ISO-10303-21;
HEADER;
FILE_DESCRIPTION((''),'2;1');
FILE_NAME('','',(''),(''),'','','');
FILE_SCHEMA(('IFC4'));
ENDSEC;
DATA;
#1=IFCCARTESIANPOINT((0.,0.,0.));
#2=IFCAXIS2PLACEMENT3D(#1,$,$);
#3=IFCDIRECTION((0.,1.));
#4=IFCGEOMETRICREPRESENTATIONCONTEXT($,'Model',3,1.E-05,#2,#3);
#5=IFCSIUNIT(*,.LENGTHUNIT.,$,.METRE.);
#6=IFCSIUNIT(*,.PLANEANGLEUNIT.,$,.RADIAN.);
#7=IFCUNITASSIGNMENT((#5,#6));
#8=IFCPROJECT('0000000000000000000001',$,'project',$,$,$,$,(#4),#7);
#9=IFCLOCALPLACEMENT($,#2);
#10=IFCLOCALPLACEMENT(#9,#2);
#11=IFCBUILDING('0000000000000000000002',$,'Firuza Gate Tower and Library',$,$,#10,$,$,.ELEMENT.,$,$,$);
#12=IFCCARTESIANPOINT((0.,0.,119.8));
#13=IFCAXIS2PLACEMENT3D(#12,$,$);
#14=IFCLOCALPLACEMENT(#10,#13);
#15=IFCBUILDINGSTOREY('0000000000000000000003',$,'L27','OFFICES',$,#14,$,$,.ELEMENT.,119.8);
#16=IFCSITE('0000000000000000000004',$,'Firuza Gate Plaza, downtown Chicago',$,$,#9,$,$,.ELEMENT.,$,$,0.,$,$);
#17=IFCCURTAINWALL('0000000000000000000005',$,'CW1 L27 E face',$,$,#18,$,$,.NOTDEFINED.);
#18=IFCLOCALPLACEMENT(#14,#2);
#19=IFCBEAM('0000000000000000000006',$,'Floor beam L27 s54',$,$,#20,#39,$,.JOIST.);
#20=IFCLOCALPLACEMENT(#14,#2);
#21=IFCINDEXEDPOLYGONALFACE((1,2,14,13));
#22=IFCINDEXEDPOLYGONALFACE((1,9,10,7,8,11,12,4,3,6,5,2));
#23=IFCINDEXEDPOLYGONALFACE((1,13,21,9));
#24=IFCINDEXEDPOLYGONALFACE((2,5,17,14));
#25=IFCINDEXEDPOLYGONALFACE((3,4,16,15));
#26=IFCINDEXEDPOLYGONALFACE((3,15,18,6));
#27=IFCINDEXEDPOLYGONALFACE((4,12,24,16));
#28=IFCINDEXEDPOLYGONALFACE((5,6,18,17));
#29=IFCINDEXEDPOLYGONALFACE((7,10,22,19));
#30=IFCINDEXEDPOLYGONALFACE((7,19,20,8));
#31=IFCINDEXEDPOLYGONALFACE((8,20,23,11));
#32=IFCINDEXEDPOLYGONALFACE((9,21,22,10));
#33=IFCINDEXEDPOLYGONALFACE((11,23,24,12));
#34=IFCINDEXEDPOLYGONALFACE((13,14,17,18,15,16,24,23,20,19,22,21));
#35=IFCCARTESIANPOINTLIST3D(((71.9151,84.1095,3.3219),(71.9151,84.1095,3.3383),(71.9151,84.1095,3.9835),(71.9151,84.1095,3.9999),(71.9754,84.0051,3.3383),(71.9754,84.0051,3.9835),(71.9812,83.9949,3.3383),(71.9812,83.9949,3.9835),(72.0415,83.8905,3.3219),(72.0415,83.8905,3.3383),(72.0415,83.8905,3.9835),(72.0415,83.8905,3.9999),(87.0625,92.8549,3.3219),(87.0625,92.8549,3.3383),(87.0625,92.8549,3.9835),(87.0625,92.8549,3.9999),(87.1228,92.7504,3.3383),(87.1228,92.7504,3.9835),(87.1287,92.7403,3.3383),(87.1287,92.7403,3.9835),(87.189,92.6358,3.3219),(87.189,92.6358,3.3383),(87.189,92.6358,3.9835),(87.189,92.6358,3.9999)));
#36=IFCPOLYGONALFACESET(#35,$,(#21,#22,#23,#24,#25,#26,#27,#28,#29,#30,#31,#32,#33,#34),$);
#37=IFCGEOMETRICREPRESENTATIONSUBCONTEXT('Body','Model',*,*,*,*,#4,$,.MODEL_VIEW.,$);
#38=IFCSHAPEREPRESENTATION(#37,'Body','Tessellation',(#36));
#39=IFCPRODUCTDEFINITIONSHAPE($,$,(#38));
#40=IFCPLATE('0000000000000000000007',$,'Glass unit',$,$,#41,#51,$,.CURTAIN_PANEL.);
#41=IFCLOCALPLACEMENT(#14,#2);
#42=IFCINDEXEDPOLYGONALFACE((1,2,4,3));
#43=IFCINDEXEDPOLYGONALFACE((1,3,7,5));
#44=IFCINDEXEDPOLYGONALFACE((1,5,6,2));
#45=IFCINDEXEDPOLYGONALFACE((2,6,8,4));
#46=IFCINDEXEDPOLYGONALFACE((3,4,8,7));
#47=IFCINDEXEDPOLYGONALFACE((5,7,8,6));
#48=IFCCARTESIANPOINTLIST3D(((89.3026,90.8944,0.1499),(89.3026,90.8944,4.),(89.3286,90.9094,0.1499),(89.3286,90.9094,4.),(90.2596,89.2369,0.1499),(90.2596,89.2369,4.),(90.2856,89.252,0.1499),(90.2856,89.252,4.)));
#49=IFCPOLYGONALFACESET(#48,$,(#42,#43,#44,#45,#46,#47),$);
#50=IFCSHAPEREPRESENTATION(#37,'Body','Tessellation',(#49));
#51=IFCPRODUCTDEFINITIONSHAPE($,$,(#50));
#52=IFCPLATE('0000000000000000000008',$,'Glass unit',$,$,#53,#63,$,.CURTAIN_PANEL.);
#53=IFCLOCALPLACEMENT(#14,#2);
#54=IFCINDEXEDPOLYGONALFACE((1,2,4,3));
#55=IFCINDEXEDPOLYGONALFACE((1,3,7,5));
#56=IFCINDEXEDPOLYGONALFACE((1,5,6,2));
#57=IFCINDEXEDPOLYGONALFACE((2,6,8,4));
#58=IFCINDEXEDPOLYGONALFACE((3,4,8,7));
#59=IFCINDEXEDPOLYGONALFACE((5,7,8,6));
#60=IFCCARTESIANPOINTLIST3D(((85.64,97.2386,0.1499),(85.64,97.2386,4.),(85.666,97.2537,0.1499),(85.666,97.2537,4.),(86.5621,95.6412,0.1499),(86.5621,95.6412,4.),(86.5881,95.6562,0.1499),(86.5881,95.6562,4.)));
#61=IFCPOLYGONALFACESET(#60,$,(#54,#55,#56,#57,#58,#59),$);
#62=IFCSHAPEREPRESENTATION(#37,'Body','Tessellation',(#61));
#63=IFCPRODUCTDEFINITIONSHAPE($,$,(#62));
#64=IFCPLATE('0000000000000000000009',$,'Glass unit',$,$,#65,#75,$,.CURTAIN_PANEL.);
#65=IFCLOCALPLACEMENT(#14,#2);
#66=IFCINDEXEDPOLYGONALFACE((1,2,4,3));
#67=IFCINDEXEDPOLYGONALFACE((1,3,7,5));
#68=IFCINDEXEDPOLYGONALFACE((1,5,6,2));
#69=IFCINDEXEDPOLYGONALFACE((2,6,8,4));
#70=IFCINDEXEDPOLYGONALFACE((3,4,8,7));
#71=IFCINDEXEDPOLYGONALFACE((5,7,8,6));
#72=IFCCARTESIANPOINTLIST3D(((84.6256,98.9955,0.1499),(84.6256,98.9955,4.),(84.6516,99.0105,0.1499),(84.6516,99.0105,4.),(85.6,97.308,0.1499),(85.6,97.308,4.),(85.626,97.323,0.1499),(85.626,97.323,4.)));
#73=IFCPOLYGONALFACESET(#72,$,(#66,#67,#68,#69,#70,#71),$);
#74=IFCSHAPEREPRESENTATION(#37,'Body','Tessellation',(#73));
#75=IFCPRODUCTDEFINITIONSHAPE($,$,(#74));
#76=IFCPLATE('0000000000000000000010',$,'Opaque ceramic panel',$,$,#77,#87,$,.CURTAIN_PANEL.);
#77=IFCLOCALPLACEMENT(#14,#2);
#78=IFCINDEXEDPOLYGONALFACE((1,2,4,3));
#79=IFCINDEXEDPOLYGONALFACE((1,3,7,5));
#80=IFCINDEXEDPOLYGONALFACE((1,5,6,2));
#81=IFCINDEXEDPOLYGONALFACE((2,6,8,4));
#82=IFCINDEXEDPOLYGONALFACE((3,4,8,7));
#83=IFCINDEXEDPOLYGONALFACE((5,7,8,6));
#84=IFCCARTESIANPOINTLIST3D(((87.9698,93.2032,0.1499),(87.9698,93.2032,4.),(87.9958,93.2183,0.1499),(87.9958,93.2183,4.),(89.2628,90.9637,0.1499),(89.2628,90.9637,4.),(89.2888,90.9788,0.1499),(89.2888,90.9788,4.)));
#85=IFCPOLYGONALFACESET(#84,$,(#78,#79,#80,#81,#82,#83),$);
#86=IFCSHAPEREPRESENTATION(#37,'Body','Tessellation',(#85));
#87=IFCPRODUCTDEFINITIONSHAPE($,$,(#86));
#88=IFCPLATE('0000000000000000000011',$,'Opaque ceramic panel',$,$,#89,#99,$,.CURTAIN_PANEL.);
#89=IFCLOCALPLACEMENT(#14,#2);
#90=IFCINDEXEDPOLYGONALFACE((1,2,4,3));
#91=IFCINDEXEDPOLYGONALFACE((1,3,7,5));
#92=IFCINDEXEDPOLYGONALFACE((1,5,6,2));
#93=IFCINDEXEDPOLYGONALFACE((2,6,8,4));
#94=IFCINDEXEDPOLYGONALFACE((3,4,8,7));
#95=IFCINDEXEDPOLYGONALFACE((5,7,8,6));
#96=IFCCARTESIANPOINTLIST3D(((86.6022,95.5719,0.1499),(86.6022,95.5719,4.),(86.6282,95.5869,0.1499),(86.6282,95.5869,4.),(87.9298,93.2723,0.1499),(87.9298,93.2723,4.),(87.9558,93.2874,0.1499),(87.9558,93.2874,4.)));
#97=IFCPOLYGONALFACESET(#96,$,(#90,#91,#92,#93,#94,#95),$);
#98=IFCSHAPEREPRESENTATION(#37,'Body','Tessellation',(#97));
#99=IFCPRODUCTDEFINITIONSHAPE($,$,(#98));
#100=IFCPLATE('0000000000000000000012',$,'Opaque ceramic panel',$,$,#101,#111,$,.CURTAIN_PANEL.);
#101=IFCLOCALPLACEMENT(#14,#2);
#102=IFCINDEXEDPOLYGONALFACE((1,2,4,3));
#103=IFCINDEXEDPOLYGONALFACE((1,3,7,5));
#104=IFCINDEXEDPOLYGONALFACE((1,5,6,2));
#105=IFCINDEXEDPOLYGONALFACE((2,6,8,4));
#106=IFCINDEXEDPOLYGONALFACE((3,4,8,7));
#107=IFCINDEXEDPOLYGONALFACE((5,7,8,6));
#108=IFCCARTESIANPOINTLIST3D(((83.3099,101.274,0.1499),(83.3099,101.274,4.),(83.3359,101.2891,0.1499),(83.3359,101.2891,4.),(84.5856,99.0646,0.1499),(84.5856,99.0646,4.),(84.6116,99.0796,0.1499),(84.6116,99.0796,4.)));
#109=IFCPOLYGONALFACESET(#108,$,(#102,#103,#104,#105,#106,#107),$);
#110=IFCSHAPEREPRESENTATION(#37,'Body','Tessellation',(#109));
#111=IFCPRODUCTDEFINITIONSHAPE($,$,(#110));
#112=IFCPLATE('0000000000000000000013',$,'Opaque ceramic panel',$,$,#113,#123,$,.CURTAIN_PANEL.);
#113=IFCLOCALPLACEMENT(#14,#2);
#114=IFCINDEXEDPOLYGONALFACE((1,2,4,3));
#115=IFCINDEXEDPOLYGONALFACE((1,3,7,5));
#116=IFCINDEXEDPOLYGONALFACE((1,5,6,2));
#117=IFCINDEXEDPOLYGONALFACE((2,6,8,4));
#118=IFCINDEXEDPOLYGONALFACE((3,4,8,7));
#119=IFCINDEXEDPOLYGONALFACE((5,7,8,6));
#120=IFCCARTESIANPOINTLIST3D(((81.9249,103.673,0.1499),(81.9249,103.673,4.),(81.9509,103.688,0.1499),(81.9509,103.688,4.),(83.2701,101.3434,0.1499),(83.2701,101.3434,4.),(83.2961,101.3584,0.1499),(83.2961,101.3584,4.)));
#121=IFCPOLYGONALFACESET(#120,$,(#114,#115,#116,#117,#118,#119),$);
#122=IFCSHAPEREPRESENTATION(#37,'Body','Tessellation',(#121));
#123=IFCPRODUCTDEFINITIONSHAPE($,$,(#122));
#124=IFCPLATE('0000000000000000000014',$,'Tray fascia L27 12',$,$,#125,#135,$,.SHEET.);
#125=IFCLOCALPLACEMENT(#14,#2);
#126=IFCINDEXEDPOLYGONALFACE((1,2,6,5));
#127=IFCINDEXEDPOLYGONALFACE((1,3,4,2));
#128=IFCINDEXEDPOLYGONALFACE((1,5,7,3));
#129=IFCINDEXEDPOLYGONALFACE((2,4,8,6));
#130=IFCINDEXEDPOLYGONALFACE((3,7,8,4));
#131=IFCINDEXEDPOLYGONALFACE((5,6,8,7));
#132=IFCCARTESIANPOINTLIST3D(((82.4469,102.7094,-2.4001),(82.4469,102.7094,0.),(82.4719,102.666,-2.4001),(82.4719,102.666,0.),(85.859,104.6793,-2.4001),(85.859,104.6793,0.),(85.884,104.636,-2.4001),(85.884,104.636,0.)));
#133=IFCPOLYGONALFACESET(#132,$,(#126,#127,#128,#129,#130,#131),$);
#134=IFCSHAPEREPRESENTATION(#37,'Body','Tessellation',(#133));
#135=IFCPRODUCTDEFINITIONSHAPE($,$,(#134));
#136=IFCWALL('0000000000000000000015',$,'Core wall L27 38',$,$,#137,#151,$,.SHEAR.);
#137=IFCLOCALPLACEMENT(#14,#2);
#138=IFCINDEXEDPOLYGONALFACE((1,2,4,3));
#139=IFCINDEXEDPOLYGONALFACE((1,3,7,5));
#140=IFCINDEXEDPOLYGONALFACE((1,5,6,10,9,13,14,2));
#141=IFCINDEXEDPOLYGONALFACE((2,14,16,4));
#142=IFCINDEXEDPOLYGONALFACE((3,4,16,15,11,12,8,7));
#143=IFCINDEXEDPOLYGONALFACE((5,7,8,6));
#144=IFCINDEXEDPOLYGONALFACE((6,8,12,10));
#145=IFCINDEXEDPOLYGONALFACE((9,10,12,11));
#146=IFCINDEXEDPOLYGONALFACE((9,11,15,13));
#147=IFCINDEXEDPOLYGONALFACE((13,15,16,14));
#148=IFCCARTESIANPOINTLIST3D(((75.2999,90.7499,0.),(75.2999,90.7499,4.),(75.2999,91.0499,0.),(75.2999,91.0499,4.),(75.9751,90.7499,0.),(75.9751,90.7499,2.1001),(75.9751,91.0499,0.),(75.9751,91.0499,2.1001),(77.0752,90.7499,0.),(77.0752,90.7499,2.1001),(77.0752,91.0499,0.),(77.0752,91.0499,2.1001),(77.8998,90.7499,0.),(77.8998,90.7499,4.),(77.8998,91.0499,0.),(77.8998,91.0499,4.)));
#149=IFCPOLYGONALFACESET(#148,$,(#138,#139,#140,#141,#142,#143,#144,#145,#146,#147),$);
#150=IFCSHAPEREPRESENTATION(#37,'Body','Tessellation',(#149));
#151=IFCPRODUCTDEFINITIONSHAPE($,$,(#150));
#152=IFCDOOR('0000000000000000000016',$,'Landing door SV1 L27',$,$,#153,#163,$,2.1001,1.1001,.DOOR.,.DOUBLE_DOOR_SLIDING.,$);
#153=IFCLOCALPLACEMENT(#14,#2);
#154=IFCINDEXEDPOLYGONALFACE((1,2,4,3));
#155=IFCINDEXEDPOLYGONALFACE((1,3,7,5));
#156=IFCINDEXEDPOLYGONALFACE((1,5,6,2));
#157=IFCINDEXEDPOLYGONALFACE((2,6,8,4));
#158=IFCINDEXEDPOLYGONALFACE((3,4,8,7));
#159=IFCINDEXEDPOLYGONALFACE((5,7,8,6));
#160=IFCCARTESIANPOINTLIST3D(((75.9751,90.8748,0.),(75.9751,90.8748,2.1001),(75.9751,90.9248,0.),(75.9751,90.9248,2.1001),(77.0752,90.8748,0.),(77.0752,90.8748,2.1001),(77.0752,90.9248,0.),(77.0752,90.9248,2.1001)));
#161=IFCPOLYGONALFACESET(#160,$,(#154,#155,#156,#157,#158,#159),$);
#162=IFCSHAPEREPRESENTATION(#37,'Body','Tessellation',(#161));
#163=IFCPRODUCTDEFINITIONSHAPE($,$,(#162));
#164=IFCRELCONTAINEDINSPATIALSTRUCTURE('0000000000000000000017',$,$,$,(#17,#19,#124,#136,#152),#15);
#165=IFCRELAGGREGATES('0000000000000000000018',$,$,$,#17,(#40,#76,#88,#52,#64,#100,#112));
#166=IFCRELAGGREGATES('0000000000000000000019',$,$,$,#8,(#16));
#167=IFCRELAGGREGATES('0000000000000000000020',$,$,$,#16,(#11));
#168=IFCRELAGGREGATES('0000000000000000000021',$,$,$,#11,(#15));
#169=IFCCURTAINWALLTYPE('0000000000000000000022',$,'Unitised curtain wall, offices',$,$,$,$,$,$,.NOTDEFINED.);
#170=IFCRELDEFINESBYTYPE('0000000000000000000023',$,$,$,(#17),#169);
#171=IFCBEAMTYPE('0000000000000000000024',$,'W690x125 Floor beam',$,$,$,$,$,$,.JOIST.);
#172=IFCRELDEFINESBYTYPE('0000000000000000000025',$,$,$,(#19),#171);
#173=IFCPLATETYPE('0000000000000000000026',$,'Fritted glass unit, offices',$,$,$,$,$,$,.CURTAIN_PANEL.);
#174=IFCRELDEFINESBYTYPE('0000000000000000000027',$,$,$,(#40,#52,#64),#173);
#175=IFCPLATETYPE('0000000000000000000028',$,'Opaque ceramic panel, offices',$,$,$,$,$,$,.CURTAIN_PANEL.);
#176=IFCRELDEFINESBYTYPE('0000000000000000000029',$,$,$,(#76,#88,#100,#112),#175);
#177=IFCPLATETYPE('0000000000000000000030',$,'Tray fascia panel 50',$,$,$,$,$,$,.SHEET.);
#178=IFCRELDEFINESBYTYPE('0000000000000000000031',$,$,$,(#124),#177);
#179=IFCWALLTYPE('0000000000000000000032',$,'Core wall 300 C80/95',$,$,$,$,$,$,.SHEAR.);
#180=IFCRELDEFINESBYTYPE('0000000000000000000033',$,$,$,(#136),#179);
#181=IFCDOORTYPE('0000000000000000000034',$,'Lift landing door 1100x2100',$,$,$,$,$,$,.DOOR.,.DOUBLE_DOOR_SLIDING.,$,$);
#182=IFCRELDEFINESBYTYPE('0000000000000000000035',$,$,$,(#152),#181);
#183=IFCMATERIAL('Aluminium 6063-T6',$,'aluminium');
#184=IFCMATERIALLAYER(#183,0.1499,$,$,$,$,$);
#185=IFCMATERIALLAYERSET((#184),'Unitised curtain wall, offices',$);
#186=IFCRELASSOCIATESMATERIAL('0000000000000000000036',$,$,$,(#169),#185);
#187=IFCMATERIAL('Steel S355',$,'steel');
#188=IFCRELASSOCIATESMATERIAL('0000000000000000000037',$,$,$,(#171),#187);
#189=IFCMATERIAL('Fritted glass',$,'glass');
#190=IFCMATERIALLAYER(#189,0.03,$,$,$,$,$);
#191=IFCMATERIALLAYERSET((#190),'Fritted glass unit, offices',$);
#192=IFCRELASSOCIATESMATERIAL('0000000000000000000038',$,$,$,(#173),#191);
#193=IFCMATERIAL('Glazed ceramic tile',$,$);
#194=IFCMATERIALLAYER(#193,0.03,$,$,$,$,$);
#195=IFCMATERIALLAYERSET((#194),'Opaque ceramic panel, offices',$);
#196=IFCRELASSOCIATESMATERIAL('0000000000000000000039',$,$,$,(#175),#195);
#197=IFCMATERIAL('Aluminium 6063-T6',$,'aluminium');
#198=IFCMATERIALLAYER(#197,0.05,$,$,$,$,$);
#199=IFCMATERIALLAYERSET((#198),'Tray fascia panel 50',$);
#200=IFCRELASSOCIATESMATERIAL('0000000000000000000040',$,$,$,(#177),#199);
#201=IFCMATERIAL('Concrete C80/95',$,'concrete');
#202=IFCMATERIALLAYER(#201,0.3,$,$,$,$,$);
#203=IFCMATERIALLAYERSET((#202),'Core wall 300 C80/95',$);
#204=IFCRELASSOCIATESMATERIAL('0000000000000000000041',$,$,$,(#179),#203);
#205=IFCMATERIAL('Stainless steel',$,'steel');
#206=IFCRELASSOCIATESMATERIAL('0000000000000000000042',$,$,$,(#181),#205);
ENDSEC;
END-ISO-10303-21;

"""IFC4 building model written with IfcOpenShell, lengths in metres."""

from ifc_helpers import new_model, si_unit, direction, frame, frame_2d, origin, origin_2d, place, context, subcontext, project, spatial, polyline, rectangle, i_section, outline, extrude, material, layer, layer_set, material_profile, profile_set, type_object, element, fill, aggregate, save


model = new_model("IFC4")

# Units and contexts
model_context = context("Model", 3, precision=1e-05, world=origin(), true_north=direction((0.0, 1.0)))
body_context = subcontext(model_context, "Body", "Model", "MODEL_VIEW")
ifc_project = project(units=[si_unit("LENGTHUNIT", "METRE"), si_unit("PLANEANGLEUNIT", "RADIAN")], contexts=[model_context])

# Site, building, storey
site_placement = place(None, origin())
site = spatial("IfcSite", under=ifc_project, at=site_placement, Name="Firuza Gate Plaza, downtown Chicago", CompositionType="ELEMENT", RefElevation=0.0)
building_placement = place(site_placement, origin())
building = spatial("IfcBuilding", under=site, at=building_placement, Name="Firuza Gate Tower and Library", CompositionType="ELEMENT")
storey_placement = place(building_placement, frame((0.0, 0.0, 119.8)))
storey = spatial("IfcBuildingStorey", under=building, at=storey_placement, Name="L27", Description="OFFICES", CompositionType="ELEMENT", Elevation=119.8)

# Curtain wall
ifc_material_1 = material(Name="Aluminium 6063-T6", Category="aluminium")
ifc_layer_1 = layer(ifc_material_1, 0.1499)
ifc_layer_set_1 = layer_set([ifc_layer_1], Name="Unitised curtain wall, offices")
curtain_wall_type = type_object("IfcCurtainWallType", Name="Unitised curtain wall, offices", PredefinedType="NOTDEFINED", material=ifc_layer_set_1)
curtain_wall_placement = place(storey_placement, origin())
curtain_wall = element("IfcCurtainWall", 1, at=curtain_wall_placement, inside=storey, type_object=curtain_wall_type, Name="CW1 L27 E face", PredefinedType="NOTDEFINED")

# Beam
ifc_material_2 = material(Name="Steel S355", Category="steel")
ifc_material_profile_1 = material_profile(ifc_material_2, i_section(OverallWidth=0.2529, OverallDepth=0.678, WebThickness=0.0117, FlangeThickness=0.0164, at=origin_2d()))
ifc_profile_set_1 = profile_set([ifc_material_profile_1], Name="Steel S355")
beam_type_1 = type_object("IfcBeamType", Name="W690x125 Floor beam", PredefinedType="JOIST", material=ifc_profile_set_1)
beam_1_placement = place(storey_placement, frame((87.1257, 92.7454, 3.6609), z_axis=(-0.866026, -0.499999, 0.0), x_axis=(0.499999, -0.866026, 0.0)))
element("IfcBeam", 2, at=beam_1_placement, inside=storey, type_object=beam_type_1, Name="Floor beam L27 s54", PredefinedType="JOIST", context=body_context, shape_type="SweptSolid", body=[
    extrude(i_section(OverallWidth=0.2529, OverallDepth=0.678, WebThickness=0.0117, FlangeThickness=0.0164, at=origin_2d()), origin(), (0.0, 0.0, 1.0), 17.4907),
])

# Plates
ifc_material_3 = material(Name="Fritted glass", Category="glass")
ifc_layer_2 = layer(ifc_material_3, 0.03)
ifc_layer_set_2 = layer_set([ifc_layer_2], Name="Fritted glass unit, offices")
plate_type_1 = type_object("IfcPlateType", Name="Fritted glass unit, offices", PredefinedType="CURTAIN_PANEL", material=ifc_layer_set_2)
plate_1_placement = place(storey_placement, frame((90.2856, 89.252, 0.1499), z_axis=(0.866005, 0.500035, 0.0), x_axis=(-0.500035, 0.866005, 0.0)))
plate_1 = element("IfcPlate", 3, at=plate_1_placement, type_object=plate_type_1, Name="Glass unit", PredefinedType="CURTAIN_PANEL", context=body_context, shape_type="SweptSolid", body=[
    extrude(outline(polyline([(0.0, 0.0), (1.9139, 0.0), (1.9139, 3.8501), (0.0, 3.8501), (0.0, 0.0)])), origin(), (0.0, 0.0, -1.0), 0.03),
])
plate_2_placement = place(storey_placement, frame((86.5881, 95.6562, 0.1499), z_axis=(0.86606, 0.49994, 0.0), x_axis=(-0.49994, 0.86606, 0.0)))
plate_2 = element("IfcPlate", 4, at=plate_2_placement, type_object=plate_type_1, Name="Glass unit", PredefinedType="CURTAIN_PANEL", context=body_context, shape_type="SweptSolid", body=[
    extrude(outline(polyline([(0.0, 0.0), (1.8445, 0.0), (1.8445, 3.8501), (0.0, 3.8501), (0.0, 0.0)])), origin(), (0.0, 0.0, -1.0), 0.03),
])
plate_3_placement = place(storey_placement, frame((85.626, 97.323, 0.1499), z_axis=(0.866006, 0.500033, 0.0), x_axis=(-0.500033, 0.866006, 0.0)))
plate_3 = element("IfcPlate", 5, at=plate_3_placement, type_object=plate_type_1, Name="Glass unit", PredefinedType="CURTAIN_PANEL", context=body_context, shape_type="SweptSolid", body=[
    extrude(outline(polyline([(0.0, 0.0), (1.9486, 0.0), (1.9486, 3.8501), (0.0, 3.8501), (0.0, 0.0)])), origin(), (0.0, 0.0, -1.0), 0.03),
])
ifc_material_4 = material(Name="Glazed ceramic tile")
ifc_layer_3 = layer(ifc_material_4, 0.03)
ifc_layer_set_3 = layer_set([ifc_layer_3], Name="Opaque ceramic panel, offices")
plate_type_2 = type_object("IfcPlateType", Name="Opaque ceramic panel, offices", PredefinedType="CURTAIN_PANEL", material=ifc_layer_set_3)
plate_4_placement = place(storey_placement, frame((89.2888, 90.9788, 0.1499), z_axis=(0.866027, 0.499998, 0.0), x_axis=(-0.499998, 0.866027, 0.0)))
plate_4 = element("IfcPlate", 6, at=plate_4_placement, type_object=plate_type_2, Name="Opaque ceramic panel", PredefinedType="CURTAIN_PANEL", context=body_context, shape_type="SweptSolid", body=[
    extrude(outline(polyline([(0.0, 0.0), (2.5859, 0.0), (2.5859, 3.8501), (0.0, 3.8501), (0.0, 0.0)])), origin(), (0.0, 0.0, -1.0), 0.03),
])
plate_5_placement = place(storey_placement, frame((87.9558, 93.2874, 0.1499), z_axis=(0.866028, 0.499996, 0.0), x_axis=(-0.499996, 0.866028, 0.0)))
plate_5 = element("IfcPlate", 7, at=plate_5_placement, type_object=plate_type_2, Name="Opaque ceramic panel", PredefinedType="CURTAIN_PANEL", context=body_context, shape_type="SweptSolid", body=[
    extrude(outline(polyline([(0.0, 0.0), (2.6553, 0.0), (2.6553, 3.8501), (0.0, 3.8501), (0.0, 0.0)])), origin(), (0.0, 0.0, -1.0), 0.03),
])
plate_6_placement = place(storey_placement, frame((84.6116, 99.0796, 0.1499), z_axis=(0.866026, 0.499999, 0.0), x_axis=(-0.499999, 0.866026, 0.0)))
plate_6 = element("IfcPlate", 8, at=plate_6_placement, type_object=plate_type_2, Name="Opaque ceramic panel", PredefinedType="CURTAIN_PANEL", context=body_context, shape_type="SweptSolid", body=[
    extrude(outline(polyline([(0.0, 0.0), (2.5513, 0.0), (2.5513, 3.8501), (0.0, 3.8501), (0.0, 0.0)])), origin(), (0.0, 0.0, -1.0), 0.03),
])
plate_7_placement = place(storey_placement, frame((83.2961, 101.3584, 0.1499), z_axis=(0.865989, 0.500063, 0.0), x_axis=(-0.500063, 0.865989, 0.0)))
plate_7 = element("IfcPlate", 9, at=plate_7_placement, type_object=plate_type_2, Name="Opaque ceramic panel", PredefinedType="CURTAIN_PANEL", context=body_context, shape_type="SweptSolid", body=[
    extrude(outline(polyline([(0.0, 0.0), (2.6901, 0.0), (2.6901, 3.8501), (0.0, 3.8501), (0.0, 0.0)])), origin(), (0.0, 0.0, -1.0), 0.03),
])
aggregate(curtain_wall, [plate_1, plate_4, plate_5, plate_2, plate_3, plate_6, plate_7])
ifc_material_5 = material(Name="Aluminium 6063-T6", Category="aluminium")
ifc_layer_4 = layer(ifc_material_5, 0.05)
ifc_layer_set_4 = layer_set([ifc_layer_4], Name="Tray fascia panel 50")
plate_type_3 = type_object("IfcPlateType", Name="Tray fascia panel 50", PredefinedType="SHEET", material=ifc_layer_set_4)
plate_8_placement = place(storey_placement, frame((82.4719, 102.666, -2.4001), z_axis=(0.499998, -0.866027, 0.0), x_axis=(0.866027, 0.499998, 0.0)))
element("IfcPlate", 10, at=plate_8_placement, inside=storey, type_object=plate_type_3, Name="Tray fascia L27 12", PredefinedType="SHEET", context=body_context, shape_type="SweptSolid", body=[
    extrude(outline(polyline([(0.0, 0.0), (3.94, 0.0), (3.94, 2.4001), (0.0, 2.4001), (0.0, 0.0)])), origin(), (0.0, 0.0, -1.0), 0.05),
])

# Wall, opening, door
ifc_material_6 = material(Name="Concrete C80/95", Category="concrete")
ifc_layer_5 = layer(ifc_material_6, 0.3)
ifc_layer_set_5 = layer_set([ifc_layer_5], Name="Core wall 300 C80/95")
wall_type_1 = type_object("IfcWallType", Name="Core wall 300 C80/95", PredefinedType="SHEAR", material=ifc_layer_set_5)
wall_1_placement = place(storey_placement, frame((75.3, 90.8999, 0.0), z_axis=(0.0, 0.0, 1.0), x_axis=(1.0, 0.0, 0.0)))
wall_1 = element("IfcWall", 11, at=wall_1_placement, inside=storey, type_object=wall_type_1, Name="Core wall L27 38", PredefinedType="SHEAR", context=body_context, shape_type="SweptSolid", body=[
    extrude(rectangle(XDim=2.5999, YDim=0.3, at=frame_2d((1.2998, 0.0))), origin(), (0.0, 0.0, 1.0), 4.0),
])
opening_1_placement = place(wall_1_placement, frame((0.675, 0.0, 0.0)))
opening_1 = element("IfcOpeningElement", 12, at=opening_1_placement, cuts=wall_1, PredefinedType="OPENING", context=body_context, shape_type="SweptSolid", body=[
    extrude(rectangle(XDim=1.1001, YDim=2.1001, at=frame_2d((0.55, 1.05))), frame((0.0, 0.1602, 0.0), z_axis=(0.0, -1.0, 0.0), x_axis=(1.0, 0.0, 0.0)), (0.0, 0.0, 1.0), 0.3201),
])
ifc_material_7 = material(Name="Stainless steel", Category="steel")
door_type_1 = type_object("IfcDoorType", Name="Lift landing door 1100x2100", OperationType="DOUBLE_DOOR_SLIDING", PredefinedType="DOOR", material=ifc_material_7)
door_1_placement = place(opening_1_placement, origin())
door_1 = element("IfcDoor", 13, at=door_1_placement, inside=storey, type_object=door_type_1, Name="Landing door SV1 L27", OperationType="DOUBLE_DOOR_SLIDING", OverallHeight=2.1001, OverallWidth=1.1001, PredefinedType="DOOR", context=body_context, shape_type="SweptSolid", body=[
    extrude(rectangle(XDim=1.1001, YDim=2.1001, at=frame_2d((0.55, 1.05))), frame((0.0, 0.0249, 0.0), z_axis=(0.0, -1.0, 0.0), x_axis=(1.0, 0.0, 0.0)), (0.0, 0.0, 1.0), 0.05),
])
fill(opening_1, door_1)

save(model, "model.ifc")
